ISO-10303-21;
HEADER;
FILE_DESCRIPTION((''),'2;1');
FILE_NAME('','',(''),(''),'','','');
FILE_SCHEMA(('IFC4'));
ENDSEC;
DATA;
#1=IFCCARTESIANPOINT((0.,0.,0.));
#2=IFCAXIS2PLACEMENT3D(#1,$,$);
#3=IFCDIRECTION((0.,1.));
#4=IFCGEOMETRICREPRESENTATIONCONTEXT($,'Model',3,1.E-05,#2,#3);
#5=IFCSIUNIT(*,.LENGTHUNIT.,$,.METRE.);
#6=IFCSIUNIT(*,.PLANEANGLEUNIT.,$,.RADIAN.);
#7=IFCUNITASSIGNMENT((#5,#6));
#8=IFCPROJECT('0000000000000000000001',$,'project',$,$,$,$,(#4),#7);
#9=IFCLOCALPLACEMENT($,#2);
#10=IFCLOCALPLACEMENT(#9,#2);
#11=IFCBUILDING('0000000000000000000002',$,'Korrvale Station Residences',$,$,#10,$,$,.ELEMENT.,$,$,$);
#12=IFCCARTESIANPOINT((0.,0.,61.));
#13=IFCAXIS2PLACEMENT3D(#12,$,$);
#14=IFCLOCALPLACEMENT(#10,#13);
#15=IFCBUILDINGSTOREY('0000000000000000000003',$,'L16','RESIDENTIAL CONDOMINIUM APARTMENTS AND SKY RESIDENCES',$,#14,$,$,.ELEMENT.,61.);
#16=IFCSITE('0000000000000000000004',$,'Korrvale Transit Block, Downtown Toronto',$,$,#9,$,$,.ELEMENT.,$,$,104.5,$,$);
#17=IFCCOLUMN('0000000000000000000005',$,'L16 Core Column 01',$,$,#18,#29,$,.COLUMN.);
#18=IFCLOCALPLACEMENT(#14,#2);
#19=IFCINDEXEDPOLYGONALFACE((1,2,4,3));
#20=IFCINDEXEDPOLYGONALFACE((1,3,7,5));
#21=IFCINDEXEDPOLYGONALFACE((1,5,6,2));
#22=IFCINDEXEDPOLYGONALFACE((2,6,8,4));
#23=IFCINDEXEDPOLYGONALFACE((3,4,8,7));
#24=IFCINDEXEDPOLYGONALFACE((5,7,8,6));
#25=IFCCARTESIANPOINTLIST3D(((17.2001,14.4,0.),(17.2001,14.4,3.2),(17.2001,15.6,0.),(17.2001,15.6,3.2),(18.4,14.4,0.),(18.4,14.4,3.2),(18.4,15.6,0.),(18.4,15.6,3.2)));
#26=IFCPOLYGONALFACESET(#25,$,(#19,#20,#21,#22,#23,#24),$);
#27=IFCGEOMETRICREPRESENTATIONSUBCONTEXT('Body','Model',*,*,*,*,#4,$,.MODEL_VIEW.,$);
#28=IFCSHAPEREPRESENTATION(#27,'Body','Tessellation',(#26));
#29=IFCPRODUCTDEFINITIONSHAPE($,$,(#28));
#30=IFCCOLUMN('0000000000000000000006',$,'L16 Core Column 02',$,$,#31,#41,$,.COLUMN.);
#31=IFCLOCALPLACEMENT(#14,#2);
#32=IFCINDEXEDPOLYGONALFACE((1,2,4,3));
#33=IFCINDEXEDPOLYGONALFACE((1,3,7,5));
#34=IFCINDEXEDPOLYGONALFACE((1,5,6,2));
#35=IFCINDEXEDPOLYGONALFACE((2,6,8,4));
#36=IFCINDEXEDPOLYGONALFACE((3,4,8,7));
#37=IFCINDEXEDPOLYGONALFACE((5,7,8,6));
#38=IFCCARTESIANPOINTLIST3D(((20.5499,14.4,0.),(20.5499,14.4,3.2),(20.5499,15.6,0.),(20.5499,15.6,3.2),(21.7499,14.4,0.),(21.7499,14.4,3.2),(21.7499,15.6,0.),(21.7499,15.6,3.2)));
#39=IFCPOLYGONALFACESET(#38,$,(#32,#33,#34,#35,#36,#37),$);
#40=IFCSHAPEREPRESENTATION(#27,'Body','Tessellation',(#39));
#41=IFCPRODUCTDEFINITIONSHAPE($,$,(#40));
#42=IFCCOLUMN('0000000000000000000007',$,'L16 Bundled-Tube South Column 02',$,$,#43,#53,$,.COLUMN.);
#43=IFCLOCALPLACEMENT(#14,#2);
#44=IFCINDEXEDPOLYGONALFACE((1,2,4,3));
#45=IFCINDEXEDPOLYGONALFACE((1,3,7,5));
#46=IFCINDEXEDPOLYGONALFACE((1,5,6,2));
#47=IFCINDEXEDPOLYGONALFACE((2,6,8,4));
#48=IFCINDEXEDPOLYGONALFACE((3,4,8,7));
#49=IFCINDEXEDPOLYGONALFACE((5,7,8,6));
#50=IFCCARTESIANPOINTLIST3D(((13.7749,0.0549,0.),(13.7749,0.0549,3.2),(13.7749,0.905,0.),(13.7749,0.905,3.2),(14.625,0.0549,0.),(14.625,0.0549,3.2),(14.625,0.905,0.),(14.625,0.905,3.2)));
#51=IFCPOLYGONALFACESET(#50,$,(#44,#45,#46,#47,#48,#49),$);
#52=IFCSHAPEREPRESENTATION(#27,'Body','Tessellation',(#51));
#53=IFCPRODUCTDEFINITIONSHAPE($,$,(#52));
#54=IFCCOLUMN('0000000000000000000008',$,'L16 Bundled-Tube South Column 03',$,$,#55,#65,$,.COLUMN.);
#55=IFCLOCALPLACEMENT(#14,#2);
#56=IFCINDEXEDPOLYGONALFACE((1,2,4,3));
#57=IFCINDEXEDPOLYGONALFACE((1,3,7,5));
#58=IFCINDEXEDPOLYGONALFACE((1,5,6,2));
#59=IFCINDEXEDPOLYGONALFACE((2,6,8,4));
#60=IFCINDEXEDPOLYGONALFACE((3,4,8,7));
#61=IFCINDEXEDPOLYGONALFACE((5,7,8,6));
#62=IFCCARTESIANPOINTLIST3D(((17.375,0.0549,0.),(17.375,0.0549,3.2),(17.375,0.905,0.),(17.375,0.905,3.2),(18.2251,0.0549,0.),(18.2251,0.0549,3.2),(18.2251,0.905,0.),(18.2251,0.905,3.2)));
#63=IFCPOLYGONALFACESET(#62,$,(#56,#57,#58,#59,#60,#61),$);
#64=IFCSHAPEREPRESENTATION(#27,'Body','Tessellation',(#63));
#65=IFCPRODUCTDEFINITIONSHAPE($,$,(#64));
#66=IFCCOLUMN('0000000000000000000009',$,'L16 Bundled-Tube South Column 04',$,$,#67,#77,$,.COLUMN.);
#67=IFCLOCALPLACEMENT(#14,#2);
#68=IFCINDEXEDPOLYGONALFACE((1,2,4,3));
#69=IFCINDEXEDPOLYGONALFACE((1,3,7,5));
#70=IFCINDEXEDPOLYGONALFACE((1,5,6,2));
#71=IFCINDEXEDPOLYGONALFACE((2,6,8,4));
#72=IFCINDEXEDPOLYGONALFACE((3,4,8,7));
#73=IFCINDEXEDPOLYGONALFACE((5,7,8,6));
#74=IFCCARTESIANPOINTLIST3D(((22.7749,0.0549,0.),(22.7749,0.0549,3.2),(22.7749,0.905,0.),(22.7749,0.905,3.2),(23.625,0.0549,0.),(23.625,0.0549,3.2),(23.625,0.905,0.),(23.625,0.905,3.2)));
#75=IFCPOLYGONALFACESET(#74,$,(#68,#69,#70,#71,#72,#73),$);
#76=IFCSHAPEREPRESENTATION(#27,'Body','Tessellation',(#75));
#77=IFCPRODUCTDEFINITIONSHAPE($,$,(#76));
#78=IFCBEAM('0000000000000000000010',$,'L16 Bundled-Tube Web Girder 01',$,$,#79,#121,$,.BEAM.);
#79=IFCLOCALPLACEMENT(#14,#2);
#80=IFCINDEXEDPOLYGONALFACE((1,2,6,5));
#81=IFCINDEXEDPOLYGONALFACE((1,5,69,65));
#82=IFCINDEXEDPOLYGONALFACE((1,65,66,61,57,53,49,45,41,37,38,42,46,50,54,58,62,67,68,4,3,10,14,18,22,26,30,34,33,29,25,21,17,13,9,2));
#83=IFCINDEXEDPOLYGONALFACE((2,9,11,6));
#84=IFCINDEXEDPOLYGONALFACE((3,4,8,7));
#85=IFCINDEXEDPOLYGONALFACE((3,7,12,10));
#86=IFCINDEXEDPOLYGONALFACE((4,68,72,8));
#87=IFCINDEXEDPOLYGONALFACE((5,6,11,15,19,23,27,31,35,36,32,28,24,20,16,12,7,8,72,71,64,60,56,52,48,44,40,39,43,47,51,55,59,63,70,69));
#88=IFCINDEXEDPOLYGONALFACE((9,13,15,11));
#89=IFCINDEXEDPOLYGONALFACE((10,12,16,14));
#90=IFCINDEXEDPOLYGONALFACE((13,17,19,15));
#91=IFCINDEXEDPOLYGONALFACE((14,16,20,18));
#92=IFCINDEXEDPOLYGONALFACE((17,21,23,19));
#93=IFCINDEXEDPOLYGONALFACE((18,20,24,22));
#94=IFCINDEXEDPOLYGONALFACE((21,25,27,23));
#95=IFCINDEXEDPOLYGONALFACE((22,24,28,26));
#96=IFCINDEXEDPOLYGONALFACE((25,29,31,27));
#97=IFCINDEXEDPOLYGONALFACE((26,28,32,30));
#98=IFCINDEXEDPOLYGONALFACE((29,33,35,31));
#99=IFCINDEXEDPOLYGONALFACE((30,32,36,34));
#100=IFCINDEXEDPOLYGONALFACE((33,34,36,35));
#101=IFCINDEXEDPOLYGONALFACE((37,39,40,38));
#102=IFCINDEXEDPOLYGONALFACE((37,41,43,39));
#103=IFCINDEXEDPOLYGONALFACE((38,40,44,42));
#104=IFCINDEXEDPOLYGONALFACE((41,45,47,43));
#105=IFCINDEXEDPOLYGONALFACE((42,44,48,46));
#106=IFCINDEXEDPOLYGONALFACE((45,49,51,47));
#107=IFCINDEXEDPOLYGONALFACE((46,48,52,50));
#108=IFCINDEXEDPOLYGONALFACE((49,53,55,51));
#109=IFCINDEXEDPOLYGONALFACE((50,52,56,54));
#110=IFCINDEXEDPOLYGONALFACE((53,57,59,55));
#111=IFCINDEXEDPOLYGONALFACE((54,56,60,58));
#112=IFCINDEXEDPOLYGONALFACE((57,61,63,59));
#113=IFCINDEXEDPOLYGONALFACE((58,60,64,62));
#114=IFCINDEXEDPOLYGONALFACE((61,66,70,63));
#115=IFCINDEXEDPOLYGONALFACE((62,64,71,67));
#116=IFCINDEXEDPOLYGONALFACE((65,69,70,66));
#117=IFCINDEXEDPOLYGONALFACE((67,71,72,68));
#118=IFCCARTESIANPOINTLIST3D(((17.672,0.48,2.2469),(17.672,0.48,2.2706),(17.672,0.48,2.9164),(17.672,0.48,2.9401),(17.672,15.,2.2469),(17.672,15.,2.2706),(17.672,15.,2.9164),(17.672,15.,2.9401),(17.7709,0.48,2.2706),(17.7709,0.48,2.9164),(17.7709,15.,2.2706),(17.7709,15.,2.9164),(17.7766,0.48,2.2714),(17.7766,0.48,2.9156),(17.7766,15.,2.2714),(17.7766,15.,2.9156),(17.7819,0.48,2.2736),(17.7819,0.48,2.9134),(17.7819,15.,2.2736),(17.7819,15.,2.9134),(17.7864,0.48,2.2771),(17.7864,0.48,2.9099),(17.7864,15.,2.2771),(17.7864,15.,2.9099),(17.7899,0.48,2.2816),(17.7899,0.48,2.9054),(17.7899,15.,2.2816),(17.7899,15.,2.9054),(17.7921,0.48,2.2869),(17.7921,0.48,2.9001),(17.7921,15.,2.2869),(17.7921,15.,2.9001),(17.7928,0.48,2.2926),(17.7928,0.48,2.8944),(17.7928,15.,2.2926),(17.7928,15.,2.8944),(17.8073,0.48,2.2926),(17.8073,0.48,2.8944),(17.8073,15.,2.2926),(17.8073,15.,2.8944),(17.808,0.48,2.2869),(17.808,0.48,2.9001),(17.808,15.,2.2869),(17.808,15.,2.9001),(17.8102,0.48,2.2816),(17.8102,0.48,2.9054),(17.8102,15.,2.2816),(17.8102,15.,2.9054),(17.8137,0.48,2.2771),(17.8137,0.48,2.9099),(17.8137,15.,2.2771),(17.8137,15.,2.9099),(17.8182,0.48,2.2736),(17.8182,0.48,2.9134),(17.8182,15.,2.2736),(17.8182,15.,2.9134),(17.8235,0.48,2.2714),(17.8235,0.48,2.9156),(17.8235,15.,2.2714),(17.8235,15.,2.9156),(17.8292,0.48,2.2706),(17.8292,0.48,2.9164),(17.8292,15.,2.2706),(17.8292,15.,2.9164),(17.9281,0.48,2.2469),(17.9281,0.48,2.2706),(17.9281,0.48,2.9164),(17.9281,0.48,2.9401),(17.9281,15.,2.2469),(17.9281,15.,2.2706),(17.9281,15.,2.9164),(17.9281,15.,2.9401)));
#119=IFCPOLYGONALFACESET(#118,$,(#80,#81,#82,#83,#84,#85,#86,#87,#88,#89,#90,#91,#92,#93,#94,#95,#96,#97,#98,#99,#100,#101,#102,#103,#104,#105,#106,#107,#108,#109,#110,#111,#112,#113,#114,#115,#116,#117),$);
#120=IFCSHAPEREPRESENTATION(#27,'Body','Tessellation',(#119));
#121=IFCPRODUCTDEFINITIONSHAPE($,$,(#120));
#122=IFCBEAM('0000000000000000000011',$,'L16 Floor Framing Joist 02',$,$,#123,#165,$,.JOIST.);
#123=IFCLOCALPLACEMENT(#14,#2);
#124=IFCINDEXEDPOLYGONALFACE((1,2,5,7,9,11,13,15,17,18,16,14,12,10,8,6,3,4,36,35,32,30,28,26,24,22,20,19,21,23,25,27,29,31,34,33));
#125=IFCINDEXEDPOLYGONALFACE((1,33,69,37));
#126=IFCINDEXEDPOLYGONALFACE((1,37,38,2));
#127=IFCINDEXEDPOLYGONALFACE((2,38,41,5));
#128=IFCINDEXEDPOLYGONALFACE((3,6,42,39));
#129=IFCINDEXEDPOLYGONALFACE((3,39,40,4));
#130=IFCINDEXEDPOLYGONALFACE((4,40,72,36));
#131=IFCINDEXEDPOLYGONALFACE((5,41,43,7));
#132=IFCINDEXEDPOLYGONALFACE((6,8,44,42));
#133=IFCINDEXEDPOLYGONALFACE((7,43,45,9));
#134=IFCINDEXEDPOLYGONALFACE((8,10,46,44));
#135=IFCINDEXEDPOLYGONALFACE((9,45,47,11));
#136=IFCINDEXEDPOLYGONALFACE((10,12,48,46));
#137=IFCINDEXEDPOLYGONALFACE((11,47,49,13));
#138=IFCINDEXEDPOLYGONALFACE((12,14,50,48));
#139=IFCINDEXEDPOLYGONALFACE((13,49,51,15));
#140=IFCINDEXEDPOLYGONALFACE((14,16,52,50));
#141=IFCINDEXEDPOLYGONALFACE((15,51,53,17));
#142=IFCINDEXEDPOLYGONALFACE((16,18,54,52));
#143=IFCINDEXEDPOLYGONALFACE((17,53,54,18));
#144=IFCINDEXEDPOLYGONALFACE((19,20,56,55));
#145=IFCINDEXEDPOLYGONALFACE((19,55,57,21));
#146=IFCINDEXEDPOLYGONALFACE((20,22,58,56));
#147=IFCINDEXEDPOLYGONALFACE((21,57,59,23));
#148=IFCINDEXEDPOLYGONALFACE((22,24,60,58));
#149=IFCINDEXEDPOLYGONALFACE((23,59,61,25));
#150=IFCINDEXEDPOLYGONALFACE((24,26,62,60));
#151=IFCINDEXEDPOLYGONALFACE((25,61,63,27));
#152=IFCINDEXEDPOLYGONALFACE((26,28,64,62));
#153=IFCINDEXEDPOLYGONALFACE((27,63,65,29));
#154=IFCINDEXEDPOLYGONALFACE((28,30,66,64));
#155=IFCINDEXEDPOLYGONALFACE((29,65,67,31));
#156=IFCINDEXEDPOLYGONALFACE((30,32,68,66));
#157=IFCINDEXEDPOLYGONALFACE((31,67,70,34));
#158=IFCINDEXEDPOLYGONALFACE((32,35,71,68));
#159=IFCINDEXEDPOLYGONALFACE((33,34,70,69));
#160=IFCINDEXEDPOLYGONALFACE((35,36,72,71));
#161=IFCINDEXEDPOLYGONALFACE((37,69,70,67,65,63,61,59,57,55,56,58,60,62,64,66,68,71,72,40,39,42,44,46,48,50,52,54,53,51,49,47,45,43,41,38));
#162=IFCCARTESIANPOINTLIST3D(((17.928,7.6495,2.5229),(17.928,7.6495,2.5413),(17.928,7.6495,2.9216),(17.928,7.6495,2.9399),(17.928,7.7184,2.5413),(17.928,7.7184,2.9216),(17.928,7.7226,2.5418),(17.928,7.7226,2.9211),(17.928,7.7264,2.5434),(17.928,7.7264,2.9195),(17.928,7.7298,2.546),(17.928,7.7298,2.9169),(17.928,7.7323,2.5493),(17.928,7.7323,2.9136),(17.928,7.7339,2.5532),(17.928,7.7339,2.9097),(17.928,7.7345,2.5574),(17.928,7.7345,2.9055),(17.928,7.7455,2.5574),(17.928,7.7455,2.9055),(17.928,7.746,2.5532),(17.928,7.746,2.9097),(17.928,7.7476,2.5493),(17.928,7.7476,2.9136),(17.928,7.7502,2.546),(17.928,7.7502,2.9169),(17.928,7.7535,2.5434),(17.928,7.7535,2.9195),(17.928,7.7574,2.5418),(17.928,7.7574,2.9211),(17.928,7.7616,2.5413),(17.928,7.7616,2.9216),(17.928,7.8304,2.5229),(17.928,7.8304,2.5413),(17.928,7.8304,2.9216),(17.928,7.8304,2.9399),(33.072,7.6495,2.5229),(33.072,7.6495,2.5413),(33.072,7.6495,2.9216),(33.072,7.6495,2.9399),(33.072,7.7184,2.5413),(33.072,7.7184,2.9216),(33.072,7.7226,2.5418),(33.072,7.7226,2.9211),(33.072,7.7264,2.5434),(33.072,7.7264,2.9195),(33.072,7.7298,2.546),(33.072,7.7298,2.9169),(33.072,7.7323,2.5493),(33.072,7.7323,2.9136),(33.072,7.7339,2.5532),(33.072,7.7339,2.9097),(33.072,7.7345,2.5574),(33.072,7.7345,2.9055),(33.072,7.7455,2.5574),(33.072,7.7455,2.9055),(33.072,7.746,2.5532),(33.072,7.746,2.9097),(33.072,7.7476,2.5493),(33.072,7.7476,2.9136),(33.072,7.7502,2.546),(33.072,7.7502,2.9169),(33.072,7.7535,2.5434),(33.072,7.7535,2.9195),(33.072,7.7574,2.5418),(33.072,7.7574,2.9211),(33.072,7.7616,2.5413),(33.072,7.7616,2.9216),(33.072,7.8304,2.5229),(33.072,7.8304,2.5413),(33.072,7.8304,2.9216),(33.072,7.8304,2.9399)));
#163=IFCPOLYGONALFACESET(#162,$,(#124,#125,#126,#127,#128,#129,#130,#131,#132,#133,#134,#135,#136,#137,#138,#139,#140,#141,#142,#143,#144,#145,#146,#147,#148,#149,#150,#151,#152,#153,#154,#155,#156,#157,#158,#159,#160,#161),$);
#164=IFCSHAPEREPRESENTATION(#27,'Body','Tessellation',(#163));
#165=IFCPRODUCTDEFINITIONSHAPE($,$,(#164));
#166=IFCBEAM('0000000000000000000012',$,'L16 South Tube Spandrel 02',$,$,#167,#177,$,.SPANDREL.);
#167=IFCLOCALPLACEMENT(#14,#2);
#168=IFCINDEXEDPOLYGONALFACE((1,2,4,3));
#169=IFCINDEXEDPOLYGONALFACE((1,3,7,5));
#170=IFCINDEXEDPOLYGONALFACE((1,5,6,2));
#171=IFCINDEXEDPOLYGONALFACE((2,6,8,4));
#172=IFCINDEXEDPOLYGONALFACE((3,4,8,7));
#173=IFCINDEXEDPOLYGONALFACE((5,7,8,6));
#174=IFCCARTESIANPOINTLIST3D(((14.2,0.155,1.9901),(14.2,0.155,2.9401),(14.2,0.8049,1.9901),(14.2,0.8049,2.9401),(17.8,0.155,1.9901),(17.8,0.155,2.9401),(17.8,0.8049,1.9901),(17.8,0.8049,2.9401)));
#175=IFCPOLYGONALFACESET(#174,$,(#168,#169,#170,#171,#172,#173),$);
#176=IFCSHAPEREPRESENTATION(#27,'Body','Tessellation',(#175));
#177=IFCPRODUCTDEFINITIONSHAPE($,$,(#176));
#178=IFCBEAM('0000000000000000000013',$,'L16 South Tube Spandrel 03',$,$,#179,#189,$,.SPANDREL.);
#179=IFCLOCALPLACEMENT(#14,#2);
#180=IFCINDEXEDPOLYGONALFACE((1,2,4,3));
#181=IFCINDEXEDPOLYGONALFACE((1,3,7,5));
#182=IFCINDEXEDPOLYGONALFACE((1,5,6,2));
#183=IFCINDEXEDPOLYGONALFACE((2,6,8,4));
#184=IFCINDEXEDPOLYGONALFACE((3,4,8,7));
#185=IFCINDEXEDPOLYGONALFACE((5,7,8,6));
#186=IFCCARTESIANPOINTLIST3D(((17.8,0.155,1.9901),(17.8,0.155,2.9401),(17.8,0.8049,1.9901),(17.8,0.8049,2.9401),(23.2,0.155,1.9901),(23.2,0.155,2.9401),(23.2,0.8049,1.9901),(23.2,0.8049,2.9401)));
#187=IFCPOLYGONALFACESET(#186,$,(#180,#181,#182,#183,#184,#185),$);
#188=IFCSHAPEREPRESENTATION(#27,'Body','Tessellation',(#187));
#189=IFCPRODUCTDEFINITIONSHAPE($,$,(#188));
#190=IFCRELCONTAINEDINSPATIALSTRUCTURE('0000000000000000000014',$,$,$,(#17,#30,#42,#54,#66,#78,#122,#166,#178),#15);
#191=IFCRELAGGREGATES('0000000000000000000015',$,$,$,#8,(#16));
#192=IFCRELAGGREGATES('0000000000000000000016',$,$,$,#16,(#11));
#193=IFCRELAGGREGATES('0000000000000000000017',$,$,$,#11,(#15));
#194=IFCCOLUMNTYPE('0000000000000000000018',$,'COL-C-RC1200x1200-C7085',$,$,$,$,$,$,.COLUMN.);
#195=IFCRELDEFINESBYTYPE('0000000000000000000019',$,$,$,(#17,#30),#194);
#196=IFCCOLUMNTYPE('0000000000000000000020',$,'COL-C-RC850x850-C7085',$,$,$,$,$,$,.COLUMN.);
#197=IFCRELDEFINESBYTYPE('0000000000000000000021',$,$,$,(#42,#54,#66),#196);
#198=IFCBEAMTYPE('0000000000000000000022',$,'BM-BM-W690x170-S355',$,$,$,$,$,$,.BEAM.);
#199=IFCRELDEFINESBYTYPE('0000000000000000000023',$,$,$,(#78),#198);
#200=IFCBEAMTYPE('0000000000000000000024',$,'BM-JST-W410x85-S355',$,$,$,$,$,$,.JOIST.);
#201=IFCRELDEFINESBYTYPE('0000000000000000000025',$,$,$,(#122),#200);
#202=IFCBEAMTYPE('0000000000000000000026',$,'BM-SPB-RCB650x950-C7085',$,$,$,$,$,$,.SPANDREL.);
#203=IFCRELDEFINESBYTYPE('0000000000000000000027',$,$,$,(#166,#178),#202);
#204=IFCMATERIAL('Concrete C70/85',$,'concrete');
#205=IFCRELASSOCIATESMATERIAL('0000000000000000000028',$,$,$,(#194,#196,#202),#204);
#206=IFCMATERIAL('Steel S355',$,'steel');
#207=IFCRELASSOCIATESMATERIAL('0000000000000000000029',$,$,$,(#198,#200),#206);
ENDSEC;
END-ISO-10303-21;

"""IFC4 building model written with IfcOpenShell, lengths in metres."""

from ifc_helpers import new_model, si_unit, direction, frame, origin, origin_2d, place, context, subcontext, project, spatial, rectangle, i_section, extrude, material, material_profile, profile_set, type_object, element, save


model = new_model("IFC4")

# Units and contexts
model_context = context("Model", 3, precision=1e-05, world=origin(), true_north=direction((0.0, 1.0)))
body_context = subcontext(model_context, "Body", "Model", "MODEL_VIEW")
ifc_project = project(units=[si_unit("LENGTHUNIT", "METRE"), si_unit("PLANEANGLEUNIT", "RADIAN")], contexts=[model_context])

# Site, building, storey
site_placement = place(None, origin())
site = spatial("IfcSite", under=ifc_project, at=site_placement, Name="Korrvale Transit Block, Downtown Toronto", CompositionType="ELEMENT", RefElevation=104.5)
building_placement = place(site_placement, origin())
building = spatial("IfcBuilding", under=site, at=building_placement, Name="Korrvale Station Residences", CompositionType="ELEMENT")
storey_placement = place(building_placement, frame((0.0, 0.0, 61.0)))
storey = spatial("IfcBuildingStorey", under=building, at=storey_placement, Name="L16", Description="RESIDENTIAL CONDOMINIUM APARTMENTS AND SKY RESIDENCES", CompositionType="ELEMENT", Elevation=61.0)

# Columns
ifc_material_1 = material(Name="Concrete C70/85", Category="concrete")
ifc_material_profile_1 = material_profile(ifc_material_1, rectangle(XDim=1.2, YDim=1.2, at=origin_2d()), Name="RC1200x1200")
ifc_profile_set_1 = profile_set([ifc_material_profile_1], Name="Concrete C70/85")
column_type_1 = type_object("IfcColumnType", Name="COL-C-RC1200x1200-C7085", PredefinedType="COLUMN", material=ifc_profile_set_1)
for number, where, z_axis, x_axis, name in (
    (1, (17.8, 15.0, 0.0), (0.0, 0.0, 1.0), (1.0, 0.0, 0.0), "L16 Core Column 01"),
    (2, (21.1499, 15.0, 0.0), (0.0, 0.0, 1.0), (1.0, 0.0, 0.0), "L16 Core Column 02"),
):
    element("IfcColumn", number, at=place(storey_placement, frame(where, z_axis=z_axis, x_axis=x_axis)), inside=storey, type_object=column_type_1, Name=name, PredefinedType="COLUMN", context=body_context, shape_type="SweptSolid", body=[
        extrude(rectangle(XDim=1.2, YDim=1.2, at=origin_2d()), origin(), (0.0, 0.0, 1.0), 3.2),
    ])
ifc_material_profile_2 = material_profile(ifc_material_1, rectangle(XDim=0.8501, YDim=0.8501, at=origin_2d()), Name="RC850x850")
ifc_profile_set_2 = profile_set([ifc_material_profile_2], Name="Concrete C70/85")
column_type_2 = type_object("IfcColumnType", Name="COL-C-RC850x850-C7085", PredefinedType="COLUMN", material=ifc_profile_set_2)
for number, where, z_axis, x_axis, name in (
    (3, (14.2, 0.48, 0.0), (0.0, 0.0, 1.0), (1.0, 0.0, 0.0), "L16 Bundled-Tube South Column 02"),
    (4, (17.8, 0.48, 0.0), (0.0, 0.0, 1.0), (1.0, 0.0, 0.0), "L16 Bundled-Tube South Column 03"),
    (5, (23.2, 0.48, 0.0), (0.0, 0.0, 1.0), (1.0, 0.0, 0.0), "L16 Bundled-Tube South Column 04"),
):
    element("IfcColumn", number, at=place(storey_placement, frame(where, z_axis=z_axis, x_axis=x_axis)), inside=storey, type_object=column_type_2, Name=name, PredefinedType="COLUMN", context=body_context, shape_type="SweptSolid", body=[
        extrude(rectangle(XDim=0.8501, YDim=0.8501, at=origin_2d()), origin(), (0.0, 0.0, 1.0), 3.2),
    ])

# Beams
ifc_material_2 = material(Name="Steel S355", Category="steel")
ifc_material_profile_3 = material_profile(ifc_material_2, i_section(OverallWidth=0.2561, OverallDepth=0.6931, WebThickness=0.0144, FlangeThickness=0.0237, FilletRadius=0.022, at=origin_2d()), Name="W690x170")
ifc_profile_set_3 = profile_set([ifc_material_profile_3], Name="Steel S355")
beam_type_1 = type_object("IfcBeamType", Name="BM-BM-W690x170-S355", PredefinedType="BEAM", material=ifc_profile_set_3)
beam_1_placement = place(storey_placement, frame((17.8, 0.48, 2.5935), z_axis=(0.0, 1.0, 0.0), x_axis=(-1.0, 0.0, 0.0)))
element("IfcBeam", 6, at=beam_1_placement, inside=storey, type_object=beam_type_1, Name="L16 Bundled-Tube Web Girder 01", PredefinedType="BEAM", context=body_context, shape_type="SweptSolid", body=[
    extrude(i_section(OverallWidth=0.2561, OverallDepth=0.6931, WebThickness=0.0144, FlangeThickness=0.0237, FilletRadius=0.022, at=origin_2d()), origin(), (0.0, 0.0, 1.0), 14.52),
])
ifc_material_profile_4 = material_profile(ifc_material_2, i_section(OverallWidth=0.1809, OverallDepth=0.417, WebThickness=0.011, FlangeThickness=0.0183, FilletRadius=0.0161, at=origin_2d()), Name="W410x85")
ifc_profile_set_4 = profile_set([ifc_material_profile_4], Name="Steel S355")
beam_type_2 = type_object("IfcBeamType", Name="BM-JST-W410x85-S355", PredefinedType="JOIST", material=ifc_profile_set_4)
beam_2_placement = place(storey_placement, frame((17.928, 7.74, 2.7314), z_axis=(1.0, 0.0, 0.0), x_axis=(0.0, 1.0, 0.0)))
element("IfcBeam", 7, at=beam_2_placement, inside=storey, type_object=beam_type_2, Name="L16 Floor Framing Joist 02", PredefinedType="JOIST", context=body_context, shape_type="SweptSolid", body=[
    extrude(i_section(OverallWidth=0.1809, OverallDepth=0.417, WebThickness=0.011, FlangeThickness=0.0183, FilletRadius=0.0161, at=origin_2d()), origin(), (0.0, 0.0, 1.0), 15.144),
])
ifc_material_profile_5 = material_profile(ifc_material_1, rectangle(XDim=0.6499, YDim=0.95, at=origin_2d()), Name="RCB650x950")
ifc_profile_set_5 = profile_set([ifc_material_profile_5], Name="Concrete C70/85")
beam_type_3 = type_object("IfcBeamType", Name="BM-SPB-RCB650x950-C7085", PredefinedType="SPANDREL", material=ifc_profile_set_5)
beam_3_placement = place(storey_placement, frame((14.2, 0.48, 2.4651), z_axis=(1.0, 0.0, 0.0), x_axis=(0.0, 1.0, 0.0)))
element("IfcBeam", 8, at=beam_3_placement, inside=storey, type_object=beam_type_3, Name="L16 South Tube Spandrel 02", PredefinedType="SPANDREL", context=body_context, shape_type="SweptSolid", body=[
    extrude(rectangle(XDim=0.6499, YDim=0.95, at=origin_2d()), origin(), (0.0, 0.0, 1.0), 3.6001),
])
beam_4_placement = place(storey_placement, frame((17.8, 0.48, 2.4651), z_axis=(1.0, 0.0, 0.0), x_axis=(0.0, 1.0, 0.0)))
element("IfcBeam", 9, at=beam_4_placement, inside=storey, type_object=beam_type_3, Name="L16 South Tube Spandrel 03", PredefinedType="SPANDREL", context=body_context, shape_type="SweptSolid", body=[
    extrude(rectangle(XDim=0.6499, YDim=0.95, at=origin_2d()), origin(), (0.0, 0.0, 1.0), 5.3999),
])

save(model, "model.ifc")
